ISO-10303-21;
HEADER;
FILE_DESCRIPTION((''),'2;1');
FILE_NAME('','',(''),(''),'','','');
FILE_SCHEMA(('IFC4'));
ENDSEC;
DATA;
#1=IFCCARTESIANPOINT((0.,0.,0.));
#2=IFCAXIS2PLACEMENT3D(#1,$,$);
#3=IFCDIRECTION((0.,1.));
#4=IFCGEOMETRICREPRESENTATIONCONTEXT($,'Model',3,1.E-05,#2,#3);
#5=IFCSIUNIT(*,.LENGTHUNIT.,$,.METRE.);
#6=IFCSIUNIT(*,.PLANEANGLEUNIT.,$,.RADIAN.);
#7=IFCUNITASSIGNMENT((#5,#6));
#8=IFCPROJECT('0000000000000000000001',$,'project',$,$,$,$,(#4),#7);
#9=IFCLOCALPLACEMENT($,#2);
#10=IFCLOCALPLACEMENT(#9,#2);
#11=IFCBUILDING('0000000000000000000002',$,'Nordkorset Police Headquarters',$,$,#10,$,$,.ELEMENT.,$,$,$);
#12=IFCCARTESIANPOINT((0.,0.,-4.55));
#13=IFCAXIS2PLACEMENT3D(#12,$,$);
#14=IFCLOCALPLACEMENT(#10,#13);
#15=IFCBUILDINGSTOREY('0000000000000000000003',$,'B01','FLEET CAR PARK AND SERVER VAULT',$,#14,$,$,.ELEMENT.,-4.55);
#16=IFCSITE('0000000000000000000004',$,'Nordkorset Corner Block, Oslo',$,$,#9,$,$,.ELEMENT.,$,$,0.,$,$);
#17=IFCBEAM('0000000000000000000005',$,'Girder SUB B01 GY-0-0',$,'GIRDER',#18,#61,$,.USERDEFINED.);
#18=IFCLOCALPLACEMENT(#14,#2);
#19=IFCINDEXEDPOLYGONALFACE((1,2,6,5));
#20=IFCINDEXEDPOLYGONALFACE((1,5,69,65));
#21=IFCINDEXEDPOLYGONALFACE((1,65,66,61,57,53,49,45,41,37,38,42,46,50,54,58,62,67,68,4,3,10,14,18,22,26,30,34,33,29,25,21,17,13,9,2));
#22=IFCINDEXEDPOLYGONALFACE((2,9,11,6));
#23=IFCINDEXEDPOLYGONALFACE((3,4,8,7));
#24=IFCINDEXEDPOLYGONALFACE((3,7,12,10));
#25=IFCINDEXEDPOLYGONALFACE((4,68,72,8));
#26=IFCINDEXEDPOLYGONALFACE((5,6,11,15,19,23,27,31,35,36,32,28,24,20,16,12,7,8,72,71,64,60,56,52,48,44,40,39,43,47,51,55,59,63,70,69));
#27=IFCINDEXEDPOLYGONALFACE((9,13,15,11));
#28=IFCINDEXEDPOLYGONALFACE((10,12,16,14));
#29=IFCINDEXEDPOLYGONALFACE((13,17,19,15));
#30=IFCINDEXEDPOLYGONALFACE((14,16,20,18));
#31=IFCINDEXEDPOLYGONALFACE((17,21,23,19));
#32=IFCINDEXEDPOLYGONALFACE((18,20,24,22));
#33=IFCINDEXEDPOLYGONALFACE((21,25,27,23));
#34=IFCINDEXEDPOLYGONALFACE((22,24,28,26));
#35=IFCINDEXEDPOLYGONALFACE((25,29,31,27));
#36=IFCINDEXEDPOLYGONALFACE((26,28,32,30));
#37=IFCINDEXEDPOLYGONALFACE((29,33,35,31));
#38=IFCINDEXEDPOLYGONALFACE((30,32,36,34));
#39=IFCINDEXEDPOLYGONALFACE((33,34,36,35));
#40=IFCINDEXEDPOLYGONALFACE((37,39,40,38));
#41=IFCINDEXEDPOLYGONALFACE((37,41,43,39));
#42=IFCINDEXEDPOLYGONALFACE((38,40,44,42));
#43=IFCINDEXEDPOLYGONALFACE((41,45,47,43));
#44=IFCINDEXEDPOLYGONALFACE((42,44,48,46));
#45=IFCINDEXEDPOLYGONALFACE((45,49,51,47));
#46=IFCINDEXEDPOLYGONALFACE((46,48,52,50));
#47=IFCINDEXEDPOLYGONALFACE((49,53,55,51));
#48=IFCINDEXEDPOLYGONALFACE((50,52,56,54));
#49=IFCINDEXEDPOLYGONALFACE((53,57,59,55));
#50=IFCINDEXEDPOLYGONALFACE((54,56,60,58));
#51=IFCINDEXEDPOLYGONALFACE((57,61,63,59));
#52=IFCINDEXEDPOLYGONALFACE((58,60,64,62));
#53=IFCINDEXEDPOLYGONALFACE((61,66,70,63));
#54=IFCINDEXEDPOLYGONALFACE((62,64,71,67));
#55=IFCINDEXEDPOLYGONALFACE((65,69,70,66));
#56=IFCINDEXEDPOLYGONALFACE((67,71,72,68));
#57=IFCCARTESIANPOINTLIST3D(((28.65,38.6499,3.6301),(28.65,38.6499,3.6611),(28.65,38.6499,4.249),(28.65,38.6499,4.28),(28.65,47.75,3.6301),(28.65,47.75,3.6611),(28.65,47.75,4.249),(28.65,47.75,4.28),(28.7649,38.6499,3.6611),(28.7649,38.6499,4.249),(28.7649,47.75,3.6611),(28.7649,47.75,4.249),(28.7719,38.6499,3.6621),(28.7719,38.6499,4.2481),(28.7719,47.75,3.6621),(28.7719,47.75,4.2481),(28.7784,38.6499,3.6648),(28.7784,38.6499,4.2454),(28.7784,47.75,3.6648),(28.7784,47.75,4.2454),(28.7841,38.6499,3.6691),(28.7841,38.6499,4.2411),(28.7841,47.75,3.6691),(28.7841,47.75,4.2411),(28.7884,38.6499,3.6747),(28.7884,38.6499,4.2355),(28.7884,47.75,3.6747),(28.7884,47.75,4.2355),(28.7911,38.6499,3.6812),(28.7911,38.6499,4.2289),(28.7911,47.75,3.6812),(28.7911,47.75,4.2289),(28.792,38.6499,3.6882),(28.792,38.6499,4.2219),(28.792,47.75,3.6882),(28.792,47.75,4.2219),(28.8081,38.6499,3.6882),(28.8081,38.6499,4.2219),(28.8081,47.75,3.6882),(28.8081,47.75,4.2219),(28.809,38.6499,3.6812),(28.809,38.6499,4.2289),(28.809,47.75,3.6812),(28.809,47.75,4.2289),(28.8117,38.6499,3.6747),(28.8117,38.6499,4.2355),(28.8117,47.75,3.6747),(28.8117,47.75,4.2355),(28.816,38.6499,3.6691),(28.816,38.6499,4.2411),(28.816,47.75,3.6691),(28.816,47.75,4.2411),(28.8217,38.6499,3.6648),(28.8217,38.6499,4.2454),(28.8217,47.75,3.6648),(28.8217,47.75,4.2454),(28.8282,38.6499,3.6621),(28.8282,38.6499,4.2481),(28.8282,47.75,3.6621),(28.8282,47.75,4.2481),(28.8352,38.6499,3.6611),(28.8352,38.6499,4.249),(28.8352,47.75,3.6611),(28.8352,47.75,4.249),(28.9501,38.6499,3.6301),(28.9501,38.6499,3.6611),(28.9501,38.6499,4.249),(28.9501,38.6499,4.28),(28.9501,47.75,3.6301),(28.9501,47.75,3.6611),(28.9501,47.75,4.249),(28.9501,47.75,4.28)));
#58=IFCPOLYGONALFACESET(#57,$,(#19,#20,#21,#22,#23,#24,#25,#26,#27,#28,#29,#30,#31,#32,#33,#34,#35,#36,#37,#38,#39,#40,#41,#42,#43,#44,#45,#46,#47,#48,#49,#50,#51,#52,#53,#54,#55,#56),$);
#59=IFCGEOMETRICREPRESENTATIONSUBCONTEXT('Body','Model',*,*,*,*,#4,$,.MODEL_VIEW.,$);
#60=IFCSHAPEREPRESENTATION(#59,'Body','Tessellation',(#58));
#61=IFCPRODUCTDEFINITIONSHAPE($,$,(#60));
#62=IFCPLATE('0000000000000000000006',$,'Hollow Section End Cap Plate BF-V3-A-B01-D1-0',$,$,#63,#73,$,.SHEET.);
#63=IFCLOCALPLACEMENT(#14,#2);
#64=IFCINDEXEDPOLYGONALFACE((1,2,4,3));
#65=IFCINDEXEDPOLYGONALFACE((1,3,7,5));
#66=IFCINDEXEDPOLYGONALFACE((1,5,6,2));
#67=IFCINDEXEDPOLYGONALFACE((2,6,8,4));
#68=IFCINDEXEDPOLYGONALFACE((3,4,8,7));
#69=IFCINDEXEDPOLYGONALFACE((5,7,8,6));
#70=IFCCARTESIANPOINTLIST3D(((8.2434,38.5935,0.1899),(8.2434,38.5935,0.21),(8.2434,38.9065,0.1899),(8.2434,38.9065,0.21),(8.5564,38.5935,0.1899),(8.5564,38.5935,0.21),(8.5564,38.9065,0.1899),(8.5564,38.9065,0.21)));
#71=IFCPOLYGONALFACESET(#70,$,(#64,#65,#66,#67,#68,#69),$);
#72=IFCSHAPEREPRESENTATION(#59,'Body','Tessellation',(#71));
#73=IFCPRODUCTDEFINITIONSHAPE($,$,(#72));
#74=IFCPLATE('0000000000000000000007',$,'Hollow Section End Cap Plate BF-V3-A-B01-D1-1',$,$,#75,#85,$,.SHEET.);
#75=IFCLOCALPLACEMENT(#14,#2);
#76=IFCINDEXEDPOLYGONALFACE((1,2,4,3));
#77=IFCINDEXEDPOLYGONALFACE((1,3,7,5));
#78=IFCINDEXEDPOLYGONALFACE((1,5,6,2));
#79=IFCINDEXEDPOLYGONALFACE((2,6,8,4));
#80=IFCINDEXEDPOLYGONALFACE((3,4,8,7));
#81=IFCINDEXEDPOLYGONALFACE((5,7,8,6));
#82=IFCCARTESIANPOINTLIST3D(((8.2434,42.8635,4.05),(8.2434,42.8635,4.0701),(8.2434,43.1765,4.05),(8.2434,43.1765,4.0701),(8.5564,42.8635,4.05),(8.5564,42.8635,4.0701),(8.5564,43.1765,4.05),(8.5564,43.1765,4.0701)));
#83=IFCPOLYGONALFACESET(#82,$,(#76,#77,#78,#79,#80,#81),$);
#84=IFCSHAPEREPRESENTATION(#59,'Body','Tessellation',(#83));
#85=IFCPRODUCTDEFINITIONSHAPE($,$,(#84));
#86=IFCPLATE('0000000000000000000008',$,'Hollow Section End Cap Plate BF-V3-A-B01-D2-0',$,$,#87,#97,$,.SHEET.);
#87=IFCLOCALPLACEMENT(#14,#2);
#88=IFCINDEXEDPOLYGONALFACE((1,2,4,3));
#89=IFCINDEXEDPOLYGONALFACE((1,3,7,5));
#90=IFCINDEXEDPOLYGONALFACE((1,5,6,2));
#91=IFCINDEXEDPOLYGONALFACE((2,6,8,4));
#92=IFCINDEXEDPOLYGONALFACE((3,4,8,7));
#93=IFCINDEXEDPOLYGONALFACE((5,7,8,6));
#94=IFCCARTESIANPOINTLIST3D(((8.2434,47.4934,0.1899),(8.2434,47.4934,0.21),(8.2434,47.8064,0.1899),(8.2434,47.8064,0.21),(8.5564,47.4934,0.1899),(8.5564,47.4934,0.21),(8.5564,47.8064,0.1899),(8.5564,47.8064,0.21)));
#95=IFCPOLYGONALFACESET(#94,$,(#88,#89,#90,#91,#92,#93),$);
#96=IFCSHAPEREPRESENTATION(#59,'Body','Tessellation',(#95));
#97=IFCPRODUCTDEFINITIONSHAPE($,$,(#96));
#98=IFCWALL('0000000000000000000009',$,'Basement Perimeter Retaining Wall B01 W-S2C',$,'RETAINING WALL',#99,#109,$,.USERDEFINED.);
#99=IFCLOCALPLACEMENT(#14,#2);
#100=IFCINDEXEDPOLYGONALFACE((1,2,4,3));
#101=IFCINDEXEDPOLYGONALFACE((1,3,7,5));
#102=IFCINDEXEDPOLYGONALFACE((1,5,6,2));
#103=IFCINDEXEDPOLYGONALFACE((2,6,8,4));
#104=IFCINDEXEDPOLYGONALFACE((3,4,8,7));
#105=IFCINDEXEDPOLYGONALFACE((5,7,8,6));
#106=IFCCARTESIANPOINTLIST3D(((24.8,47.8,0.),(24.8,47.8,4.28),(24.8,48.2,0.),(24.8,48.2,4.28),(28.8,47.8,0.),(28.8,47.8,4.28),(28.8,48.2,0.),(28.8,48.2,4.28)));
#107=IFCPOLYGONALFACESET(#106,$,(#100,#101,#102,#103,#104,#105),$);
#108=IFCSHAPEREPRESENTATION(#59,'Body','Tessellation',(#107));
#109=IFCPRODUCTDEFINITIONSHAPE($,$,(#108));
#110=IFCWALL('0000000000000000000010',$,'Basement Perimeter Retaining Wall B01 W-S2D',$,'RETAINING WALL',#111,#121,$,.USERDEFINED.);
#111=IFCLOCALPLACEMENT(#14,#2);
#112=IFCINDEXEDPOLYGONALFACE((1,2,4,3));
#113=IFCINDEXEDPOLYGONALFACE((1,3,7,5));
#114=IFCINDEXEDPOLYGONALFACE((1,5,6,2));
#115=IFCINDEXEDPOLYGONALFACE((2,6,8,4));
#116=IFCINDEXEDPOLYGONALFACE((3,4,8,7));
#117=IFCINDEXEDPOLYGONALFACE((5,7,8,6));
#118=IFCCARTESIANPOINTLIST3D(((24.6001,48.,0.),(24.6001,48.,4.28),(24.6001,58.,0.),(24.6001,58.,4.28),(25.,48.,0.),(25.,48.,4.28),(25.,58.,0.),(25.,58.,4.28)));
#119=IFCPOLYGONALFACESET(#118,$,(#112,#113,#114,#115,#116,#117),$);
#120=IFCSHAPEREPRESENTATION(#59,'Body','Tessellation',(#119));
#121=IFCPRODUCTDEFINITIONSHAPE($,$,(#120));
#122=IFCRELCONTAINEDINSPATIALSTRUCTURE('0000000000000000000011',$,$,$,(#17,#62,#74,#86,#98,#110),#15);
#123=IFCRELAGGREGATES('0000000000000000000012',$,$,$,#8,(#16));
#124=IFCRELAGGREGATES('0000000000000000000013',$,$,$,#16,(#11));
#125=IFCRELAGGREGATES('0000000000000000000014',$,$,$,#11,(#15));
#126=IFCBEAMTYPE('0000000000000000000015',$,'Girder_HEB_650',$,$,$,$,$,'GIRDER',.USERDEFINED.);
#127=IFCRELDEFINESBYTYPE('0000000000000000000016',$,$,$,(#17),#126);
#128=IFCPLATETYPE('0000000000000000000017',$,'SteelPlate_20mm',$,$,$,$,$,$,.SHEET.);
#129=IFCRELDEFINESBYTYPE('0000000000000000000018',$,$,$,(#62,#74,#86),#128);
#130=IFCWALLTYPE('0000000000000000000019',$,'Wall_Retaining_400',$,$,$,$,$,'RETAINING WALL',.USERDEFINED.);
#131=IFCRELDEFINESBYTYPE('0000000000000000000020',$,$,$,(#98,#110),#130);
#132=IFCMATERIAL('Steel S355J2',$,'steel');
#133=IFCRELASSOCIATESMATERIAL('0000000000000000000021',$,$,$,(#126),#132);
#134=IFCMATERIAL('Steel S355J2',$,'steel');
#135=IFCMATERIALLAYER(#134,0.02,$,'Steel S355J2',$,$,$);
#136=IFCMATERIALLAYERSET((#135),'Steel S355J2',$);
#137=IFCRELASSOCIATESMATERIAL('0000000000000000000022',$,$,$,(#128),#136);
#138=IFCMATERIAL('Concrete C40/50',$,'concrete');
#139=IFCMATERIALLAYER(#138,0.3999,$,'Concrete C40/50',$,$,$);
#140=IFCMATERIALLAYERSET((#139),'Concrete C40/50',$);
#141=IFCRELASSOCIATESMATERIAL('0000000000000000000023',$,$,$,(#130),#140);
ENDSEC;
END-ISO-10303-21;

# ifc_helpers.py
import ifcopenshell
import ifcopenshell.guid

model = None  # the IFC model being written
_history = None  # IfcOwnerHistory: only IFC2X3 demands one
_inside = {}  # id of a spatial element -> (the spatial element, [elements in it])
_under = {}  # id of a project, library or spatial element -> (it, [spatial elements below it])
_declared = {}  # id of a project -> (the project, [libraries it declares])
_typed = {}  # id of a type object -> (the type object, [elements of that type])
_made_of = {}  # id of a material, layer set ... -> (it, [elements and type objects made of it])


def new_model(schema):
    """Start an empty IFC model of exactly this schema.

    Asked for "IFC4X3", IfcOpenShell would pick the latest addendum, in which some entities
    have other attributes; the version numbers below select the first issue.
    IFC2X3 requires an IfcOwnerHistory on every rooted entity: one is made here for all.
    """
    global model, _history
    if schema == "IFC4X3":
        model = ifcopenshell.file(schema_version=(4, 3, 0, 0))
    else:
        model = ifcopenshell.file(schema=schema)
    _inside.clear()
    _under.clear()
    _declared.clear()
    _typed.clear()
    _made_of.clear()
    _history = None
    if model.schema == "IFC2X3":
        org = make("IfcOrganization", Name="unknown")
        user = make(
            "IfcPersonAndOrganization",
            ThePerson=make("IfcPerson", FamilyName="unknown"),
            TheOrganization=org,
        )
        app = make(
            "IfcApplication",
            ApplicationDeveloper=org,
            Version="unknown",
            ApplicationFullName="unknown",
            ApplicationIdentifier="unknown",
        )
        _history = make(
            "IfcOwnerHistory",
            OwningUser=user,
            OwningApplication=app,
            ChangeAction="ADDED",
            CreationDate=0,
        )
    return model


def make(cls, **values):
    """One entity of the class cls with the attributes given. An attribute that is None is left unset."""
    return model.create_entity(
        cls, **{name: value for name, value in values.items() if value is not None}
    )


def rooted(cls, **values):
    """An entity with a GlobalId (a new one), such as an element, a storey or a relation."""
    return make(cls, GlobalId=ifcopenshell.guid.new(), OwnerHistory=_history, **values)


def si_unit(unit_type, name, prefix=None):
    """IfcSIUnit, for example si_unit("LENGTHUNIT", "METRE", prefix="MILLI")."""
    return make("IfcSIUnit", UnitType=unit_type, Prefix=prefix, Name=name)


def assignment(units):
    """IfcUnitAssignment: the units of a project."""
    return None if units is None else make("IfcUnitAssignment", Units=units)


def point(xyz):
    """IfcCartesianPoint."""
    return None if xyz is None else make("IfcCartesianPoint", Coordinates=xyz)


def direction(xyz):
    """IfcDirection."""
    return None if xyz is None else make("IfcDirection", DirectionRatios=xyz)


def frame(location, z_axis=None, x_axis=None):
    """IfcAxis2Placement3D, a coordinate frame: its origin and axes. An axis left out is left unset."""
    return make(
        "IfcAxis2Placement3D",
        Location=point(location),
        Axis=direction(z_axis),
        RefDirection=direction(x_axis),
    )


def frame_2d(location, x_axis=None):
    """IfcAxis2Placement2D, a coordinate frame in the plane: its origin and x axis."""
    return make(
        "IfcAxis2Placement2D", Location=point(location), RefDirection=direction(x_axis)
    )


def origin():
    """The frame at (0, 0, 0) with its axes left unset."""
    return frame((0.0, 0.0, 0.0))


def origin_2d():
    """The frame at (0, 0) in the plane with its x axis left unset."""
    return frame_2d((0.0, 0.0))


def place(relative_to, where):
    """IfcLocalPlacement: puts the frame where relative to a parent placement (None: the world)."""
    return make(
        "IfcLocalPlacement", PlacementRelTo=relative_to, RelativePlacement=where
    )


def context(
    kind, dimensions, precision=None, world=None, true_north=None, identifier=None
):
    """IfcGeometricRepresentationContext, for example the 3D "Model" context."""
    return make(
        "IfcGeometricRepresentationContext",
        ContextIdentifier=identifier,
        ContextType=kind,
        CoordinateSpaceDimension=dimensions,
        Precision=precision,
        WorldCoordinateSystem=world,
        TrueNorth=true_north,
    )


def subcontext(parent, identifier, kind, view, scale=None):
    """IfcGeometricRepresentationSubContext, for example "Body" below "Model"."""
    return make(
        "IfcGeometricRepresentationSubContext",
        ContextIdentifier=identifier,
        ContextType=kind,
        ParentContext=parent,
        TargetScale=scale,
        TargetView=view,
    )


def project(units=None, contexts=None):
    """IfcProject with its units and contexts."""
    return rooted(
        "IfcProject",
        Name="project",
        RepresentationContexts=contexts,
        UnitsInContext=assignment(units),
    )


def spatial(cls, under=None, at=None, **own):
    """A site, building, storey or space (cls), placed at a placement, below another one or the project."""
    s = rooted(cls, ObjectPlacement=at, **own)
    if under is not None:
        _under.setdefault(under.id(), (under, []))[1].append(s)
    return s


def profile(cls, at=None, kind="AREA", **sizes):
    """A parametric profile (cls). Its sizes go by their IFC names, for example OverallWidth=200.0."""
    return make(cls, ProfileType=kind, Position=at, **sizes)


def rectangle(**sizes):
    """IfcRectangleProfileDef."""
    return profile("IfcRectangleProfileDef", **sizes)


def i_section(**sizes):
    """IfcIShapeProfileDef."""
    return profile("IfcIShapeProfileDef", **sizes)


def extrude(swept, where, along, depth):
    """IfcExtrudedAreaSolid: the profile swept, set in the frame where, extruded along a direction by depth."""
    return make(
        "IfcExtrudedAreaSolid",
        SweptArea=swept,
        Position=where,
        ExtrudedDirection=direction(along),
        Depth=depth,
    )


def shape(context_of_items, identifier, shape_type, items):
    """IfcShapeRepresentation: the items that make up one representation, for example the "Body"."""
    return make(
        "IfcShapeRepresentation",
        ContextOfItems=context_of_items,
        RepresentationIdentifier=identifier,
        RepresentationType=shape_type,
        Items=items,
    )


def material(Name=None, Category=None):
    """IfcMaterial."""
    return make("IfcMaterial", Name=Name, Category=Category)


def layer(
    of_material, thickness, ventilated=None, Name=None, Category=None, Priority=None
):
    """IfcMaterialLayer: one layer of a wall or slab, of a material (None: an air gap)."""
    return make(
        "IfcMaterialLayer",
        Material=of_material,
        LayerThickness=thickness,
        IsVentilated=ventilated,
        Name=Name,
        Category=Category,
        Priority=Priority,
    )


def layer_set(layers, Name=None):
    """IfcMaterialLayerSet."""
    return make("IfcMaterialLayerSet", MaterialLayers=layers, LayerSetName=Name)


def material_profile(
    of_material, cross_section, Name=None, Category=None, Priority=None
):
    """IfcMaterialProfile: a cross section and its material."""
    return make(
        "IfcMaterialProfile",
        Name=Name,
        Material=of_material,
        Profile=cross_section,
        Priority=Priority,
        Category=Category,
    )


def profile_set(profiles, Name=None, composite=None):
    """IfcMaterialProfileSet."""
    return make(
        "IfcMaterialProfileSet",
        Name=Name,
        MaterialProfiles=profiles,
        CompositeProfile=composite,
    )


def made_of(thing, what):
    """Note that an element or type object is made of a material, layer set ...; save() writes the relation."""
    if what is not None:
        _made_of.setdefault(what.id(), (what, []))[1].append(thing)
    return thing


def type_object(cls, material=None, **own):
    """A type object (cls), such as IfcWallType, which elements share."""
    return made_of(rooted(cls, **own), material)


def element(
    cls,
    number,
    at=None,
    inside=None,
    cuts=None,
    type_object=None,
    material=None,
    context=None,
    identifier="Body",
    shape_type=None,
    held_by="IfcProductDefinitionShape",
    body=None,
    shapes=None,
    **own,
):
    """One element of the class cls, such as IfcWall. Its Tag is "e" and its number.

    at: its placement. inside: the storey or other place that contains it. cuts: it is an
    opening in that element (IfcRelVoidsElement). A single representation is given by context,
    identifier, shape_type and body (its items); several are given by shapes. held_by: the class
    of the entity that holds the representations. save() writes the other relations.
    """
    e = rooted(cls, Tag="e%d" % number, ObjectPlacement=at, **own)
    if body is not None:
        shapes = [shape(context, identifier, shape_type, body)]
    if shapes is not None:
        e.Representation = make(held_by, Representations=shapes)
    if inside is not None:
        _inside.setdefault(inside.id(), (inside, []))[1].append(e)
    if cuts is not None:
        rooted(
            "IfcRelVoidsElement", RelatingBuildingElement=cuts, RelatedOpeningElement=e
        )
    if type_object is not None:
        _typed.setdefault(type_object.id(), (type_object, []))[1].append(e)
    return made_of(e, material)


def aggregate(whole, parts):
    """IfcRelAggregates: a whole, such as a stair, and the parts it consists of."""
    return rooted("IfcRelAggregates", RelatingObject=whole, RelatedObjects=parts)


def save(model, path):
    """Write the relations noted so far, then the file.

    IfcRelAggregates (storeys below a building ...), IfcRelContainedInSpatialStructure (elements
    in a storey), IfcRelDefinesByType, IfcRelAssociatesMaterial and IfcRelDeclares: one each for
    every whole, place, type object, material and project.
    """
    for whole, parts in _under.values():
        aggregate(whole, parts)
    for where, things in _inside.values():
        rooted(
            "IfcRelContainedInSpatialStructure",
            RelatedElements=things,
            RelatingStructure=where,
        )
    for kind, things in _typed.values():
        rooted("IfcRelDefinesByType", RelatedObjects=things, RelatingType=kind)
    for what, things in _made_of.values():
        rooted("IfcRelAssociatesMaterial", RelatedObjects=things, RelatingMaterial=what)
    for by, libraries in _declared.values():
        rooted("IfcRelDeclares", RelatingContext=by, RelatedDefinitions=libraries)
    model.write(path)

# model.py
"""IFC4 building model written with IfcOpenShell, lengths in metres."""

from ifc_helpers import new_model, si_unit, direction, frame, frame_2d, origin, origin_2d, place, context, subcontext, project, spatial, rectangle, i_section, extrude, material, layer, layer_set, material_profile, profile_set, type_object, element, save


model = new_model("IFC4")

# Units and contexts
model_context = context("Model", 3, precision=1e-05, world=origin(), true_north=direction((0.0, 1.0)))
body_context = subcontext(model_context, "Body", "Model", "MODEL_VIEW")
ifc_project = project(units=[si_unit("LENGTHUNIT", "METRE"), si_unit("PLANEANGLEUNIT", "RADIAN")], contexts=[model_context])

# Site, building, storey
site_placement = place(None, origin())
site = spatial("IfcSite", under=ifc_project, at=site_placement, Name="Nordkorset Corner Block, Oslo", CompositionType="ELEMENT", RefElevation=0.0)
building_placement = place(site_placement, origin())
building = spatial("IfcBuilding", under=site, at=building_placement, Name="Nordkorset Police Headquarters", CompositionType="ELEMENT")
storey_placement = place(building_placement, frame((0.0, 0.0, -4.55)))
storey = spatial("IfcBuildingStorey", under=building, at=storey_placement, Name="B01", Description="FLEET CAR PARK AND SERVER VAULT", CompositionType="ELEMENT", Elevation=-4.55)

# Beam
ifc_material_1 = material(Name="Steel S355J2", Category="steel")
ifc_material_profile_1 = material_profile(ifc_material_1, i_section(OverallWidth=0.3, OverallDepth=0.6499, WebThickness=0.0161, FlangeThickness=0.031, FilletRadius=0.0271, at=origin_2d()), Name="HEB 650")
ifc_profile_set_1 = profile_set([ifc_material_profile_1], Name="Steel S355J2")
beam_type_1 = type_object("IfcBeamType", Name="Girder_HEB_650", ElementType="GIRDER", PredefinedType="USERDEFINED", material=ifc_profile_set_1)
beam_1_placement = place(storey_placement, frame((28.8, 38.6499, 3.9551), z_axis=(0.0, 1.0, 0.0), x_axis=(-1.0, 0.0, 0.0)))
element("IfcBeam", 1, at=beam_1_placement, inside=storey, type_object=beam_type_1, Name="Girder SUB B01 GY-0-0", ObjectType="GIRDER", PredefinedType="USERDEFINED", context=body_context, shape_type="SweptSolid", body=[
    extrude(i_section(OverallWidth=0.3, OverallDepth=0.6499, WebThickness=0.0161, FlangeThickness=0.031, FilletRadius=0.0271, at=origin_2d()), origin(), (0.0, 0.0, 1.0), 9.1001),
])

# Plates
ifc_material_2 = material(Name="Steel S355J2", Category="steel")
ifc_layer_1 = layer(ifc_material_2, 0.02, Name="Steel S355J2")
ifc_layer_set_1 = layer_set([ifc_layer_1], Name="Steel S355J2")
plate_type = type_object("IfcPlateType", Name="SteelPlate_20mm", PredefinedType="SHEET", material=ifc_layer_set_1)
for number, where, z_axis, x_axis, name in (
    (2, (8.3999, 38.75, 0.1899), (0.0, 0.0, 1.0), (1.0, 0.0, 0.0), "Hollow Section End Cap Plate BF-V3-A-B01-D1-0"),
    (3, (8.3999, 43.02, 4.05), (0.0, 0.0, 1.0), (1.0, 0.0, 0.0), "Hollow Section End Cap Plate BF-V3-A-B01-D1-1"),
    (4, (8.3999, 47.6499, 0.1899), (0.0, 0.0, 1.0), (1.0, 0.0, 0.0), "Hollow Section End Cap Plate BF-V3-A-B01-D2-0"),
):
    element("IfcPlate", number, at=place(storey_placement, frame(where, z_axis=z_axis, x_axis=x_axis)), inside=storey, type_object=plate_type, Name=name, PredefinedType="SHEET", context=body_context, shape_type="SweptSolid", body=[
        extrude(rectangle(XDim=0.313, YDim=0.313, at=origin_2d()), origin(), (0.0, 0.0, 1.0), 0.02),
    ])

# Walls
ifc_material_3 = material(Name="Concrete C40/50", Category="concrete")
ifc_layer_2 = layer(ifc_material_3, 0.3999, Name="Concrete C40/50")
ifc_layer_set_2 = layer_set([ifc_layer_2], Name="Concrete C40/50")
wall_type = type_object("IfcWallType", Name="Wall_Retaining_400", ElementType="RETAINING WALL", PredefinedType="USERDEFINED", material=ifc_layer_set_2)
wall_1_placement = place(storey_placement, frame((24.8, 48.0, 0.0), z_axis=(0.0, 0.0, 1.0), x_axis=(1.0, 0.0, 0.0)))
element("IfcWall", 5, at=wall_1_placement, inside=storey, type_object=wall_type, Name="Basement Perimeter Retaining Wall B01 W-S2C", ObjectType="RETAINING WALL", PredefinedType="USERDEFINED", context=body_context, shape_type="SweptSolid", body=[
    extrude(rectangle(XDim=4.0, YDim=0.3999, at=frame_2d((2.0, 0.0))), origin(), (0.0, 0.0, 1.0), 4.28),
])
wall_2_placement = place(storey_placement, frame((24.8, 48.0, 0.0), z_axis=(0.0, 0.0, 1.0), x_axis=(0.0, 1.0, 0.0)))
element("IfcWall", 6, at=wall_2_placement, inside=storey, type_object=wall_type, Name="Basement Perimeter Retaining Wall B01 W-S2D", ObjectType="RETAINING WALL", PredefinedType="USERDEFINED", context=body_context, shape_type="SweptSolid", body=[
    extrude(rectangle(XDim=10.0, YDim=0.3999, at=frame_2d((5.0, 0.0))), origin(), (0.0, 0.0, 1.0), 4.28),
])

save(model, "model.ifc")
